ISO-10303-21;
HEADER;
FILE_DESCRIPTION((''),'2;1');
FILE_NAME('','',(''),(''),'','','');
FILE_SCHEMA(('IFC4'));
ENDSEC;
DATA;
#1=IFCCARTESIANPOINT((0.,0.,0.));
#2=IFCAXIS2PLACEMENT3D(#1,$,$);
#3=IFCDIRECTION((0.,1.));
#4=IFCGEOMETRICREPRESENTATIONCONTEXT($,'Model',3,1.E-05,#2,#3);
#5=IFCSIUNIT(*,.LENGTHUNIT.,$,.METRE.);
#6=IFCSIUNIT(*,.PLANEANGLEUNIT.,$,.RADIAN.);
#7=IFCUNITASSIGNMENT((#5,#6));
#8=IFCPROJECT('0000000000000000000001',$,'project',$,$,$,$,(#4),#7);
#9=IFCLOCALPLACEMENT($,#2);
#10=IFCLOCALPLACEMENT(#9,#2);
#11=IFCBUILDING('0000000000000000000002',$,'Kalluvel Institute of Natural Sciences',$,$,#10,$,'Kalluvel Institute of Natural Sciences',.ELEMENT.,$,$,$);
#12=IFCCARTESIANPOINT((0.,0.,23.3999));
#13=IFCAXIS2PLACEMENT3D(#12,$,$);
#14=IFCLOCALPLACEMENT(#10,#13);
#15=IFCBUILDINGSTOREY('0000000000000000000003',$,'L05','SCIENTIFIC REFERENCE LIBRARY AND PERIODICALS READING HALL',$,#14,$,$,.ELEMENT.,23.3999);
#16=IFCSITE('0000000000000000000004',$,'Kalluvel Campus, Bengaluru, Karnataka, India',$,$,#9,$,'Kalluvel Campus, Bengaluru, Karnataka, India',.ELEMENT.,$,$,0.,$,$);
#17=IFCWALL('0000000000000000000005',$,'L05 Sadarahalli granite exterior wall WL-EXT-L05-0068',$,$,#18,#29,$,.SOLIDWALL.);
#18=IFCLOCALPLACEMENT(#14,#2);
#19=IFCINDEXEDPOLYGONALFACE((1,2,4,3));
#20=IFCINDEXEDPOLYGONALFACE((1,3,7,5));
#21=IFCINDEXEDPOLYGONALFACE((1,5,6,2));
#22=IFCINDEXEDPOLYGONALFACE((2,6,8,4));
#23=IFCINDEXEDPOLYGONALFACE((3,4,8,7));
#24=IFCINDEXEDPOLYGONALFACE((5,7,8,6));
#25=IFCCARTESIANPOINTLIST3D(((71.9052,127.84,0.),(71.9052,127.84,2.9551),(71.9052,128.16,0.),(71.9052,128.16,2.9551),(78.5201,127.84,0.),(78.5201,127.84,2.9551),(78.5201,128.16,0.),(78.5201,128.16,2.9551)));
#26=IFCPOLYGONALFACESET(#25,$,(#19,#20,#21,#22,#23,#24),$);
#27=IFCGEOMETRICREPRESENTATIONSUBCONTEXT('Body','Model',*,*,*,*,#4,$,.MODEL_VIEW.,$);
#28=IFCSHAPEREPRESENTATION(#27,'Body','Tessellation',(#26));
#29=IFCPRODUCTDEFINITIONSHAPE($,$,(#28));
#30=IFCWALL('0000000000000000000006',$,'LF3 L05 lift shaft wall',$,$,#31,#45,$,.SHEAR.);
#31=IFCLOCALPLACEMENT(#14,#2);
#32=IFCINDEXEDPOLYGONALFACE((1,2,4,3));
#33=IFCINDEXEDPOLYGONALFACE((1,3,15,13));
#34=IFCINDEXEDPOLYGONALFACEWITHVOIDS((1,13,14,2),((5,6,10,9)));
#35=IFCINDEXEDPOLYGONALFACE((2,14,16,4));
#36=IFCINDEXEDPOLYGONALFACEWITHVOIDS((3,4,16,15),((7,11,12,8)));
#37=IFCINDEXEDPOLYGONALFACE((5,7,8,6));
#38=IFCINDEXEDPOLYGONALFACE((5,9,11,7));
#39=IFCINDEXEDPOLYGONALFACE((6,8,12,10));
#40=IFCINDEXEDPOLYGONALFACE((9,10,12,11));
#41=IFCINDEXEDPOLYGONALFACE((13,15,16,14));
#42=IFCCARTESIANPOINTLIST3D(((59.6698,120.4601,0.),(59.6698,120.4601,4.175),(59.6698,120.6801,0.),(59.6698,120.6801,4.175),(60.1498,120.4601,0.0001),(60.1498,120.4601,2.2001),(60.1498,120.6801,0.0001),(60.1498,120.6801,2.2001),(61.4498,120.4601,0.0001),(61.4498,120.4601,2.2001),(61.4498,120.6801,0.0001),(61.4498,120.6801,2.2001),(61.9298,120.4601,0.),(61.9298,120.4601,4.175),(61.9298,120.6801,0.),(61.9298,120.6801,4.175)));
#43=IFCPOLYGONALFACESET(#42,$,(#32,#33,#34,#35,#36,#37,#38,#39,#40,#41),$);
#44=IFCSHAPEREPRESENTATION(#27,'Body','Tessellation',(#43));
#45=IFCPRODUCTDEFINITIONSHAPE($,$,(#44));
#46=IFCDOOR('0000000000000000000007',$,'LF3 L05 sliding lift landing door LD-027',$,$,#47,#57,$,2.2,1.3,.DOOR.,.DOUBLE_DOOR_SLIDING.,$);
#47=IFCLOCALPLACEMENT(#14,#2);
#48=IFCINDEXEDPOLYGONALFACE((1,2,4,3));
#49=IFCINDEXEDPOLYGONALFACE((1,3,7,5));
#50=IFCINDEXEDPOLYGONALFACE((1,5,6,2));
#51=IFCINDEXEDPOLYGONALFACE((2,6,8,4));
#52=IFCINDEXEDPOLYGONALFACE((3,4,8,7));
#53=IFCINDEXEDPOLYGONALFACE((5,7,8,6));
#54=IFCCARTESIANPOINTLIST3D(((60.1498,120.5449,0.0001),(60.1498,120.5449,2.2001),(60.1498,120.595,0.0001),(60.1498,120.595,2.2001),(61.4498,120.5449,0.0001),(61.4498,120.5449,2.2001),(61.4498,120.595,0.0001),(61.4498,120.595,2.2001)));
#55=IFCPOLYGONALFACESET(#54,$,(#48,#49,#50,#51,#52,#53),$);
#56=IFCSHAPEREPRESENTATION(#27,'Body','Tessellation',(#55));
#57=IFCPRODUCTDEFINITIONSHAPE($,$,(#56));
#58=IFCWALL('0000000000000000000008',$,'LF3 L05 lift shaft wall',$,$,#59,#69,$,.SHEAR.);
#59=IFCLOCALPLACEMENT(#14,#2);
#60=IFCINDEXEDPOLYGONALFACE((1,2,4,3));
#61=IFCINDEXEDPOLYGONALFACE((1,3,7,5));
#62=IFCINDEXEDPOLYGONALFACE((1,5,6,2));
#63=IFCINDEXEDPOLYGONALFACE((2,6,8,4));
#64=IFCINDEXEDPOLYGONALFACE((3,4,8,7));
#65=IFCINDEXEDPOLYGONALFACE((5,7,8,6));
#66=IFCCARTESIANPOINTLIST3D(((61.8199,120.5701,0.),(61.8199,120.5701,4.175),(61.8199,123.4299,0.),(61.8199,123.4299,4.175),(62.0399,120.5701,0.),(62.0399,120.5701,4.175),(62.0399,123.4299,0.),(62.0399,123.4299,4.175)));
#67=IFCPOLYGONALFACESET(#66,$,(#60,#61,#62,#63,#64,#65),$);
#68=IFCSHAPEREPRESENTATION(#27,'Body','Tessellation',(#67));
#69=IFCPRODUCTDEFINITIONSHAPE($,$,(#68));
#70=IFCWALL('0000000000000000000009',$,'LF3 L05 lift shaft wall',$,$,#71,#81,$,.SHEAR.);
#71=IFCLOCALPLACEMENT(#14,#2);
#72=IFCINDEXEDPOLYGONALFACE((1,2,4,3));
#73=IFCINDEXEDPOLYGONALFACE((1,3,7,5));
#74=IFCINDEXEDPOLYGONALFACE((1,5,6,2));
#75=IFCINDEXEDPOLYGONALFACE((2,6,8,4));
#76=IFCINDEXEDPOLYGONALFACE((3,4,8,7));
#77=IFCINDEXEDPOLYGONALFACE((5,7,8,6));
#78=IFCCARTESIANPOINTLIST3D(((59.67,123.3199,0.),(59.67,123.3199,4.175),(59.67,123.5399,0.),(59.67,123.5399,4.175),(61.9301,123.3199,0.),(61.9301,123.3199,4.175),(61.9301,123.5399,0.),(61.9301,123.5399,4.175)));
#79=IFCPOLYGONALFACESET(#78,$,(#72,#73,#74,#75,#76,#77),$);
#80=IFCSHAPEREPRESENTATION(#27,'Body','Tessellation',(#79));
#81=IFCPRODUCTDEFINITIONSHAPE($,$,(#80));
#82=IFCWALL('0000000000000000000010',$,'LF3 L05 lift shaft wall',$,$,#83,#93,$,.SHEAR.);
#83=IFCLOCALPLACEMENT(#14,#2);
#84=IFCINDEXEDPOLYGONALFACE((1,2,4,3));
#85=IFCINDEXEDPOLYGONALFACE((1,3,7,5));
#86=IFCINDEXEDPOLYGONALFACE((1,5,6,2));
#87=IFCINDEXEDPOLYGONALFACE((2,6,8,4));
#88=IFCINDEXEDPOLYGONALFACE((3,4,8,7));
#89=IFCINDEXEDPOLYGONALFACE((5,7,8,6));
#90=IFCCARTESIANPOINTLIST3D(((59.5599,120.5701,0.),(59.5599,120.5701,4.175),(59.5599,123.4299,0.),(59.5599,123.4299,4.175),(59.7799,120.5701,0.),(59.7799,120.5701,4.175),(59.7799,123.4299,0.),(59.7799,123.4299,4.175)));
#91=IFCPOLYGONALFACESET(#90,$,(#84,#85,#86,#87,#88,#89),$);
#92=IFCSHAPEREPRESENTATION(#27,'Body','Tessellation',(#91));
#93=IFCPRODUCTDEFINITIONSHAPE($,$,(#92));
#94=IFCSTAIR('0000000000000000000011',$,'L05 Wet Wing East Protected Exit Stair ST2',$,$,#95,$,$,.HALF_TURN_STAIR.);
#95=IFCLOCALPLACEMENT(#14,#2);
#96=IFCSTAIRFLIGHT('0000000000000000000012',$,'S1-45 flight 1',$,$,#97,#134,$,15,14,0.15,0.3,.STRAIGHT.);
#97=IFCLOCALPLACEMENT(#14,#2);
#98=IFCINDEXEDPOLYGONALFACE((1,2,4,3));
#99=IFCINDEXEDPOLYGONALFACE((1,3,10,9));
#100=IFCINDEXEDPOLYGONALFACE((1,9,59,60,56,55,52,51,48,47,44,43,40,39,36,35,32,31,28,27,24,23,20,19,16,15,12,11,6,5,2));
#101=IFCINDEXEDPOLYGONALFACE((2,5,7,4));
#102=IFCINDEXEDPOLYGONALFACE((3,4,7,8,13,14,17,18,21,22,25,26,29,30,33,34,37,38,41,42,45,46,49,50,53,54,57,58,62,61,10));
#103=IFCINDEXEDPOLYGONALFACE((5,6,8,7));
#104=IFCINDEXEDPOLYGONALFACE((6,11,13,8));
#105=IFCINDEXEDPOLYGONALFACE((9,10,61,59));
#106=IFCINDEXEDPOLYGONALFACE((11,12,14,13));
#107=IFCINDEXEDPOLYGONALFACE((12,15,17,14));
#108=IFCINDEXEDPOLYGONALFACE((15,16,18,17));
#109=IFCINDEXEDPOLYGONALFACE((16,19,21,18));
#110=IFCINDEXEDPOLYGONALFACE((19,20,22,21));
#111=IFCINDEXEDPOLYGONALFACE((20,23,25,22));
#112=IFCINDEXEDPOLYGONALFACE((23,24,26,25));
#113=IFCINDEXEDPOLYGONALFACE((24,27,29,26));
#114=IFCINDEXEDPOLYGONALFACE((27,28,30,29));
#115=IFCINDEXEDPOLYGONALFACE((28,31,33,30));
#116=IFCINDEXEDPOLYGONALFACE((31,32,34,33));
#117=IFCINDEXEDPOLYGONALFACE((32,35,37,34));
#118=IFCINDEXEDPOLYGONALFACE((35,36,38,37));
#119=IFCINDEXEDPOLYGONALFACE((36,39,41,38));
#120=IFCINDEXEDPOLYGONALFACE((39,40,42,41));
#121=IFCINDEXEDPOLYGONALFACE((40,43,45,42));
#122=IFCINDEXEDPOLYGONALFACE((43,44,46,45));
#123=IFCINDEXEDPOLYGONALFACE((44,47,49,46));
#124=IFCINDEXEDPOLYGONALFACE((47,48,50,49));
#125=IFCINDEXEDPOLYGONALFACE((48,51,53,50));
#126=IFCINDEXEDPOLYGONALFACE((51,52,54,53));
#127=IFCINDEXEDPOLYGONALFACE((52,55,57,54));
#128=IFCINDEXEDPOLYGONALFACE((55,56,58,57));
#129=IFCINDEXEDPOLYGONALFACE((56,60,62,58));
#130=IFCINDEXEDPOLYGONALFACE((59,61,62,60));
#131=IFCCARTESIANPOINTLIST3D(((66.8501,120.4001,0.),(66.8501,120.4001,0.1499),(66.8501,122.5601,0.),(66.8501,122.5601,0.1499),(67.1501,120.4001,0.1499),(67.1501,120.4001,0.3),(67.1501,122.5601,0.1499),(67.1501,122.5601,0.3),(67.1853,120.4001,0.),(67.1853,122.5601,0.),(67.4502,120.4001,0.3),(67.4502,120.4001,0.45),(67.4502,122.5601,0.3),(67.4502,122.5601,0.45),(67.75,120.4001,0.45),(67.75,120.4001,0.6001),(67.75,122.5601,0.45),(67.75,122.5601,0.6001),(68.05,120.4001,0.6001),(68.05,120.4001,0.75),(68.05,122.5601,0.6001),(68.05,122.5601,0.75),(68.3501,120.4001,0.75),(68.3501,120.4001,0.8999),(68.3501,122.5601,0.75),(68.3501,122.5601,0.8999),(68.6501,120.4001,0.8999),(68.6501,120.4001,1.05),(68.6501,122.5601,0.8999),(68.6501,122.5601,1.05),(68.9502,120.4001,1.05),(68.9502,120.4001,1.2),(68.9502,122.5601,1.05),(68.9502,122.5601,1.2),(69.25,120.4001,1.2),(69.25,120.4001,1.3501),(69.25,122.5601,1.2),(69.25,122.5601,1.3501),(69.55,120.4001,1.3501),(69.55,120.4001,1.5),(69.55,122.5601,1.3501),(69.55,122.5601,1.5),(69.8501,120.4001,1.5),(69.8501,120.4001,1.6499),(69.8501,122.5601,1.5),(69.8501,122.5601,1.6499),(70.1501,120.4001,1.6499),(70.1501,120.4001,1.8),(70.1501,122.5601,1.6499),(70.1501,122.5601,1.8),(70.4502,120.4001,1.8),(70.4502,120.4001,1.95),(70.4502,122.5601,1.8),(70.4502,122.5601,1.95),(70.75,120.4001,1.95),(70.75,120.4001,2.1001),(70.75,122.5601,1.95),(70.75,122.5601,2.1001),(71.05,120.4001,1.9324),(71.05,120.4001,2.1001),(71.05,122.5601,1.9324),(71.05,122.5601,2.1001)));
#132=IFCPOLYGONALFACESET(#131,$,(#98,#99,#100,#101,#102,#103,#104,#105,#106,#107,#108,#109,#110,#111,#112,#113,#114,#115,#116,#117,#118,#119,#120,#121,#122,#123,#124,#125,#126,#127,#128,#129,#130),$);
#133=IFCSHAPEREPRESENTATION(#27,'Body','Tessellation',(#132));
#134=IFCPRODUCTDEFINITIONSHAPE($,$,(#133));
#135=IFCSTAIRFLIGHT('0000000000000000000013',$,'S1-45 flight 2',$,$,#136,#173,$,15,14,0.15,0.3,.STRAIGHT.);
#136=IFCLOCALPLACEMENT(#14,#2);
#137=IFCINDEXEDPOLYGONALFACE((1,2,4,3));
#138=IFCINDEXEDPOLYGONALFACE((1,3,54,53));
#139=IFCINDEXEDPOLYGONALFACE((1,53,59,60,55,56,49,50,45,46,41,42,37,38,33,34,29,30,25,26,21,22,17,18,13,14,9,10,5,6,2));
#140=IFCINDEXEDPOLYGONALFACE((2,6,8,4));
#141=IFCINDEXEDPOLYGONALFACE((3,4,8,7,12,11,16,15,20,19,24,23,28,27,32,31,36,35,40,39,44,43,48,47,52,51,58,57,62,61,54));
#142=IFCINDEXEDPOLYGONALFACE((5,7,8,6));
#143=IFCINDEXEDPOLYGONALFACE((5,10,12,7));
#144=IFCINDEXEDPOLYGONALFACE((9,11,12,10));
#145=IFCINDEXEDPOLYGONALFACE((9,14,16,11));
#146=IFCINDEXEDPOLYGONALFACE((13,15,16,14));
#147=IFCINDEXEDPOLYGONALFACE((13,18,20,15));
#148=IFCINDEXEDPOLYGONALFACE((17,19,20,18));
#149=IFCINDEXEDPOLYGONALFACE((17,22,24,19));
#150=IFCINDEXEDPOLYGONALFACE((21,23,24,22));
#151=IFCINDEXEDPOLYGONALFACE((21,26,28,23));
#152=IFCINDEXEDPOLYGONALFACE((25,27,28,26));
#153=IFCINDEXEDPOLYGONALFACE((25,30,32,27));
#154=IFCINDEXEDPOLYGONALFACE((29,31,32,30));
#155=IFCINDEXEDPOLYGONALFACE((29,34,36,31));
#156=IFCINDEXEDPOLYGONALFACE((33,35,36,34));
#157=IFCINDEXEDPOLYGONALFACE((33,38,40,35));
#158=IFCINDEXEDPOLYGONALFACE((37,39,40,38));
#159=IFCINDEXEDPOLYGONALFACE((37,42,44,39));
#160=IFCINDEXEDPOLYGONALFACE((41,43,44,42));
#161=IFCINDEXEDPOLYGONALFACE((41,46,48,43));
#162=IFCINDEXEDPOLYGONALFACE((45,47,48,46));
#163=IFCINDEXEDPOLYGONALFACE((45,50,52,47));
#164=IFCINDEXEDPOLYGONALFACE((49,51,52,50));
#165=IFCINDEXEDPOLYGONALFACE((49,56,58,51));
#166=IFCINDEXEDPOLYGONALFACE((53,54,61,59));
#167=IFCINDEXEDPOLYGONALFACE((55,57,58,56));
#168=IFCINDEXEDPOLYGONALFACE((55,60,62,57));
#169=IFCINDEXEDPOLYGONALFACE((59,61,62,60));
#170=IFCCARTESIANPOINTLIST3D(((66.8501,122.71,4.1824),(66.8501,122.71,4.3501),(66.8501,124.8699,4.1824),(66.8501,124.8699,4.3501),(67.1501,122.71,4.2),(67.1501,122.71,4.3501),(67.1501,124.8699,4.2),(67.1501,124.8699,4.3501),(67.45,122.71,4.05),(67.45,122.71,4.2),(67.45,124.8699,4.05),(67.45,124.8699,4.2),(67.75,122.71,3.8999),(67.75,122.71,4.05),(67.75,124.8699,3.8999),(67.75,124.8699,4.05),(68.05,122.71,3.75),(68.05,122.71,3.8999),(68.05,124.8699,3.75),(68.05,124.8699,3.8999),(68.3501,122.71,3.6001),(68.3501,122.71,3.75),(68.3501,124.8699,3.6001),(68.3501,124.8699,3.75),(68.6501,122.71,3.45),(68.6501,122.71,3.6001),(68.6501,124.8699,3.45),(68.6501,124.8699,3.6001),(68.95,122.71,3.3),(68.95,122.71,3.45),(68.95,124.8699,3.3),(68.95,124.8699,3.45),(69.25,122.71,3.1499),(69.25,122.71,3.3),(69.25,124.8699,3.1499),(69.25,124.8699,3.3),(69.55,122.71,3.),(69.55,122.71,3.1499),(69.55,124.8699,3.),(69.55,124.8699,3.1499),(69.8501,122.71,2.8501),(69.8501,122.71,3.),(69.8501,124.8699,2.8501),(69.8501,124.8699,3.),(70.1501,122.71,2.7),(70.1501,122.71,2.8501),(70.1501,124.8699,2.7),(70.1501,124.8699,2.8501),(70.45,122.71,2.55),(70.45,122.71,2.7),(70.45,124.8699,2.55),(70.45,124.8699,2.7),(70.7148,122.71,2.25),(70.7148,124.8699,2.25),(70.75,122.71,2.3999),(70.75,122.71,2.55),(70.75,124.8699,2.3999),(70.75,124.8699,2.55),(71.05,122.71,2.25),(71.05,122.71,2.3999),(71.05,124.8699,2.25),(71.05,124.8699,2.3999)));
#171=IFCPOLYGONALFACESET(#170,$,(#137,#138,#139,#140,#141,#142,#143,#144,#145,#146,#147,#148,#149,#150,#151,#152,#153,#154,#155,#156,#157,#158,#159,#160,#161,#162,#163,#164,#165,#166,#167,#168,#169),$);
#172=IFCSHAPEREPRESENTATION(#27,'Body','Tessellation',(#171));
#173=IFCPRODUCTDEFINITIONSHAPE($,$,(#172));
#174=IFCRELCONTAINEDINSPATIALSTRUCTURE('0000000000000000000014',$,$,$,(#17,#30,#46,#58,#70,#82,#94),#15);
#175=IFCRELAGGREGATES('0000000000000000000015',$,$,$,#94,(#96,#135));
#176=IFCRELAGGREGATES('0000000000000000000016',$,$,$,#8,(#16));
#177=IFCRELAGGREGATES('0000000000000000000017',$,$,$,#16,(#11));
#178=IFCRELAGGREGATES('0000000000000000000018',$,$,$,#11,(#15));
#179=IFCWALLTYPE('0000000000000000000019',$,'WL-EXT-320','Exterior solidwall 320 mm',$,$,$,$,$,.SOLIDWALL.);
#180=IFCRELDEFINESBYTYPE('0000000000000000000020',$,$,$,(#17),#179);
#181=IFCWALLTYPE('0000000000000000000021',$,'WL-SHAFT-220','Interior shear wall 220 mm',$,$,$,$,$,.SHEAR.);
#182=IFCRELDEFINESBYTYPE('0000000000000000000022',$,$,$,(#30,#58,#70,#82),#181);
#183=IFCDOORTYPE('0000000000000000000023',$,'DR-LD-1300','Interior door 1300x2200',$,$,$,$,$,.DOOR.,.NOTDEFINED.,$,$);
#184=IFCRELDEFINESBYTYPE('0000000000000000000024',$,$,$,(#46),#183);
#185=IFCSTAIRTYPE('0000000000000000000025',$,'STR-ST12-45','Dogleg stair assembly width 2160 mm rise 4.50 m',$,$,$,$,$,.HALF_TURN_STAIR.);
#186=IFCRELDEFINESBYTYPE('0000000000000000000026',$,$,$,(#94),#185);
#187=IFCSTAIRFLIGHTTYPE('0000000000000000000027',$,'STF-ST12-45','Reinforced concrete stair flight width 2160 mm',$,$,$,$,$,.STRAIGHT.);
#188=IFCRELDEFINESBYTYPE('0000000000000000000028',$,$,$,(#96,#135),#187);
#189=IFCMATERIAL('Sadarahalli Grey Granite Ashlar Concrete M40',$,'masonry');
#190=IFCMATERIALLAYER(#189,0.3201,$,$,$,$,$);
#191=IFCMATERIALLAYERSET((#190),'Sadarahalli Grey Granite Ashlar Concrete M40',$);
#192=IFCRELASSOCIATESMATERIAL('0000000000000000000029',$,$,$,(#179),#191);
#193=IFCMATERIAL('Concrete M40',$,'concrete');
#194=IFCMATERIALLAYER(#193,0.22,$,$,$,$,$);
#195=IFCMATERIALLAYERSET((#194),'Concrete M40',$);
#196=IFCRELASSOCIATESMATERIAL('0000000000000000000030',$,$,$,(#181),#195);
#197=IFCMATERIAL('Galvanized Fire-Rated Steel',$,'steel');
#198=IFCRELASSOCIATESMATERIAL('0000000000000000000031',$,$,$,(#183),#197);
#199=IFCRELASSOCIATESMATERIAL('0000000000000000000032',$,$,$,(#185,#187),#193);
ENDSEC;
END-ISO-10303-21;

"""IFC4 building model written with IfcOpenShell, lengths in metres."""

from ifc_helpers import new_model, si_unit, direction, frame, frame_2d, origin, place, context, subcontext, project, spatial, polyline, rectangle, outline, extrude, material, layer, layer_set, type_object, element, fill, aggregate, save


model = new_model("IFC4")

# Units and contexts
model_context = context("Model", 3, precision=1e-05, world=origin(), true_north=direction((0.0, 1.0)))
body_context = subcontext(model_context, "Body", "Model", "MODEL_VIEW")
ifc_project = project(units=[si_unit("LENGTHUNIT", "METRE"), si_unit("PLANEANGLEUNIT", "RADIAN")], contexts=[model_context])

# Site, building, storey
site_placement = place(None, origin())
site = spatial("IfcSite", under=ifc_project, at=site_placement, Name="Kalluvel Campus, Bengaluru, Karnataka, India", LongName="Kalluvel Campus, Bengaluru, Karnataka, India", CompositionType="ELEMENT", RefElevation=0.0)
building_placement = place(site_placement, origin())
building = spatial("IfcBuilding", under=site, at=building_placement, Name="Kalluvel Institute of Natural Sciences", LongName="Kalluvel Institute of Natural Sciences", CompositionType="ELEMENT")
storey_placement = place(building_placement, frame((0.0, 0.0, 23.3999)))
storey = spatial("IfcBuildingStorey", under=building, at=storey_placement, Name="L05", Description="SCIENTIFIC REFERENCE LIBRARY AND PERIODICALS READING HALL", CompositionType="ELEMENT", Elevation=23.3999)

# Shared definitions
ifc_material_1 = material(Name="Concrete M40", Category="concrete")

# Wall
ifc_material_2 = material(Name="Sadarahalli Grey Granite Ashlar Concrete M40", Category="masonry")
ifc_layer_1 = layer(ifc_material_2, 0.3201)
ifc_layer_set_1 = layer_set([ifc_layer_1], Name="Sadarahalli Grey Granite Ashlar Concrete M40")
wall_type_1 = type_object("IfcWallType", Name="WL-EXT-320", Description="Exterior solidwall 320 mm", PredefinedType="SOLIDWALL", material=ifc_layer_set_1)
wall_1_placement = place(storey_placement, frame((71.905, 128.0, 0.0), z_axis=(0.0, 0.0, 1.0), x_axis=(1.0, 0.0, 0.0)))
element("IfcWall", 1, at=wall_1_placement, inside=storey, type_object=wall_type_1, Name="L05 Sadarahalli granite exterior wall WL-EXT-L05-0068", PredefinedType="SOLIDWALL", context=body_context, shape_type="SweptSolid", body=[
    extrude(rectangle(XDim=6.615, YDim=0.3201, at=frame_2d((3.3076, 0.0))), origin(), (0.0, 0.0, 1.0), 2.9551),
])

# Wall, opening, door
ifc_layer_2 = layer(ifc_material_1, 0.22)
ifc_layer_set_2 = layer_set([ifc_layer_2], Name="Concrete M40")
wall_type_2 = type_object("IfcWallType", Name="WL-SHAFT-220", Description="Interior shear wall 220 mm", PredefinedType="SHEAR", material=ifc_layer_set_2)
wall_2_placement = place(storey_placement, frame((59.6699, 120.5701, 0.0), z_axis=(0.0, 0.0, 1.0), x_axis=(1.0, 0.0, 0.0)))
wall_2 = element("IfcWall", 2, at=wall_2_placement, inside=storey, type_object=wall_type_2, Name="LF3 L05 lift shaft wall", PredefinedType="SHEAR", context=body_context, shape_type="SweptSolid", body=[
    extrude(rectangle(XDim=2.26, YDim=0.22, at=frame_2d((1.1299, 0.0))), origin(), (0.0, 0.0, 1.0), 4.175),
])
opening_placement = place(wall_2_placement, frame((0.48, 0.0, 0.0)))
opening = element("IfcOpeningElement", 3, at=opening_placement, cuts=wall_2, PredefinedType="OPENING", context=body_context, shape_type="SweptSolid", body=[
    extrude(rectangle(XDim=1.3, YDim=2.2, at=frame_2d((0.6499, 1.1001))), frame((0.0, 0.1199, 0.0), z_axis=(0.0, -1.0, 0.0), x_axis=(1.0, 0.0, 0.0)), (0.0, 0.0, 1.0), 0.24),
])
ifc_material_3 = material(Name="Galvanized Fire-Rated Steel", Category="steel")
door_type = type_object("IfcDoorType", Name="DR-LD-1300", Description="Interior door 1300x2200", OperationType="NOTDEFINED", PredefinedType="DOOR", material=ifc_material_3)
door_placement = place(opening_placement, origin())
door = element("IfcDoor", 4, at=door_placement, inside=storey, type_object=door_type, Name="LF3 L05 sliding lift landing door LD-027", OperationType="DOUBLE_DOOR_SLIDING", OverallHeight=2.2, OverallWidth=1.3, PredefinedType="DOOR", context=body_context, shape_type="SweptSolid", body=[
    extrude(rectangle(XDim=1.3, YDim=2.2, at=frame_2d((0.6499, 1.1001))), frame((0.0, 0.0249, 0.0), z_axis=(0.0, -1.0, 0.0), x_axis=(1.0, 0.0, 0.0)), (0.0, 0.0, 1.0), 0.05),
])
fill(opening, door)

# Walls
wall_3_placement = place(storey_placement, frame((61.9299, 120.5701, 0.0), z_axis=(0.0, 0.0, 1.0), x_axis=(0.0, 1.0, 0.0)))
element("IfcWall", 5, at=wall_3_placement, inside=storey, type_object=wall_type_2, Name="LF3 L05 lift shaft wall", PredefinedType="SHEAR", context=body_context, shape_type="SweptSolid", body=[
    extrude(rectangle(XDim=2.8599, YDim=0.22, at=frame_2d((1.4299, 0.0))), origin(), (0.0, 0.0, 1.0), 4.175),
])
wall_4_placement = place(storey_placement, frame((61.9299, 123.4299, 0.0), z_axis=(0.0, 0.0, 1.0), x_axis=(-1.0, 0.0, 0.0)))
element("IfcWall", 6, at=wall_4_placement, inside=storey, type_object=wall_type_2, Name="LF3 L05 lift shaft wall", PredefinedType="SHEAR", context=body_context, shape_type="SweptSolid", body=[
    extrude(rectangle(XDim=2.26, YDim=0.22, at=frame_2d((1.1299, 0.0))), origin(), (0.0, 0.0, 1.0), 4.175),
])
wall_5_placement = place(storey_placement, frame((59.6699, 123.4299, 0.0), z_axis=(0.0, 0.0, 1.0), x_axis=(0.0, -1.0, 0.0)))
element("IfcWall", 7, at=wall_5_placement, inside=storey, type_object=wall_type_2, Name="LF3 L05 lift shaft wall", PredefinedType="SHEAR", context=body_context, shape_type="SweptSolid", body=[
    extrude(rectangle(XDim=2.8599, YDim=0.22, at=frame_2d((1.4299, 0.0))), origin(), (0.0, 0.0, 1.0), 4.175),
])

# Stair, stair flights
stair_type = type_object("IfcStairType", Name="STR-ST12-45", Description="Dogleg stair assembly width 2160 mm rise 4.50 m", PredefinedType="HALF_TURN_STAIR", material=ifc_material_1)
stair_placement = place(storey_placement, origin())
stair = element("IfcStair", 8, at=stair_placement, inside=storey, type_object=stair_type, Name="L05 Wet Wing East Protected Exit Stair ST2", PredefinedType="HALF_TURN_STAIR")
stair_flight_type = type_object("IfcStairFlightType", Name="STF-ST12-45", Description="Reinforced concrete stair flight width 2160 mm", PredefinedType="STRAIGHT", material=ifc_material_1)
stair_flight_1_placement = place(storey_placement, frame((66.8501, 121.48, 0.0), z_axis=(0.0, 0.0, 1.0), x_axis=(1.0, 0.0, 0.0)))
stair_flight_1 = element("IfcStairFlight", 9, at=stair_flight_1_placement, type_object=stair_flight_type, Name="S1-45 flight 1", NumberOfRisers=15, NumberOfTreads=14, PredefinedType="STRAIGHT", RiserHeight=0.15, TreadLength=0.3, context=body_context, shape_type="SweptSolid", body=[
    extrude(outline(polyline([(0.0, 0.0), (0.0, 0.1499), (0.3, 0.1499), (0.3, 0.3), (0.6001, 0.3), (0.6001, 0.45), (0.8999, 0.45), (0.8999, 0.6001), (1.2, 0.6001), (1.2, 0.75), (1.5, 0.75), (1.5, 0.8999), (1.8, 0.8999), (1.8, 1.05), (2.1001, 1.05), (2.1001, 1.2), (2.3999, 1.2), (2.3999, 1.3501), (2.7, 1.3501), (2.7, 1.5), (3.0, 1.5), (3.0, 1.6499), (3.3, 1.6499), (3.3, 1.8), (3.6001, 1.8), (3.6001, 1.95), (3.8999, 1.95), (3.8999, 2.1001), (4.2, 2.1001), (4.2, 2.25), (4.2, 1.9324), (0.3352, 0.0), (0.0, 0.0)])), frame((0.0, 1.0801, 0.0), z_axis=(0.0, -1.0, 0.0), x_axis=(1.0, 0.0, 0.0)), (0.0, 0.0, 1.0), 2.1599),
])
stair_flight_2_placement = place(storey_placement, frame((71.05, 123.79, 2.25), z_axis=(0.0, 0.0, 1.0), x_axis=(-1.0, 0.0, 0.0)))
stair_flight_2 = element("IfcStairFlight", 10, at=stair_flight_2_placement, type_object=stair_flight_type, Name="S1-45 flight 2", NumberOfRisers=15, NumberOfTreads=14, PredefinedType="STRAIGHT", RiserHeight=0.15, TreadLength=0.3, context=body_context, shape_type="SweptSolid", body=[
    extrude(outline(polyline([(0.0, 0.0), (0.0, 0.1499), (0.3, 0.1499), (0.3, 0.3), (0.6001, 0.3), (0.6001, 0.45), (0.8999, 0.45), (0.8999, 0.6001), (1.2, 0.6001), (1.2, 0.75), (1.5, 0.75), (1.5, 0.8999), (1.8, 0.8999), (1.8, 1.05), (2.1001, 1.05), (2.1001, 1.2), (2.3999, 1.2), (2.3999, 1.3501), (2.7, 1.3501), (2.7, 1.5), (3.0, 1.5), (3.0, 1.6499), (3.3, 1.6499), (3.3, 1.8), (3.6001, 1.8), (3.6001, 1.95), (3.8999, 1.95), (3.8999, 2.1001), (4.2, 2.1001), (4.2, 2.25), (4.2, 1.9324), (0.3352, 0.0), (0.0, 0.0)])), frame((0.0, 1.0801, 0.0), z_axis=(0.0, -1.0, 0.0), x_axis=(1.0, 0.0, 0.0)), (0.0, 0.0, 1.0), 2.1599),
])
aggregate(stair, [stair_flight_1, stair_flight_2])

save(model, "model.ifc")
